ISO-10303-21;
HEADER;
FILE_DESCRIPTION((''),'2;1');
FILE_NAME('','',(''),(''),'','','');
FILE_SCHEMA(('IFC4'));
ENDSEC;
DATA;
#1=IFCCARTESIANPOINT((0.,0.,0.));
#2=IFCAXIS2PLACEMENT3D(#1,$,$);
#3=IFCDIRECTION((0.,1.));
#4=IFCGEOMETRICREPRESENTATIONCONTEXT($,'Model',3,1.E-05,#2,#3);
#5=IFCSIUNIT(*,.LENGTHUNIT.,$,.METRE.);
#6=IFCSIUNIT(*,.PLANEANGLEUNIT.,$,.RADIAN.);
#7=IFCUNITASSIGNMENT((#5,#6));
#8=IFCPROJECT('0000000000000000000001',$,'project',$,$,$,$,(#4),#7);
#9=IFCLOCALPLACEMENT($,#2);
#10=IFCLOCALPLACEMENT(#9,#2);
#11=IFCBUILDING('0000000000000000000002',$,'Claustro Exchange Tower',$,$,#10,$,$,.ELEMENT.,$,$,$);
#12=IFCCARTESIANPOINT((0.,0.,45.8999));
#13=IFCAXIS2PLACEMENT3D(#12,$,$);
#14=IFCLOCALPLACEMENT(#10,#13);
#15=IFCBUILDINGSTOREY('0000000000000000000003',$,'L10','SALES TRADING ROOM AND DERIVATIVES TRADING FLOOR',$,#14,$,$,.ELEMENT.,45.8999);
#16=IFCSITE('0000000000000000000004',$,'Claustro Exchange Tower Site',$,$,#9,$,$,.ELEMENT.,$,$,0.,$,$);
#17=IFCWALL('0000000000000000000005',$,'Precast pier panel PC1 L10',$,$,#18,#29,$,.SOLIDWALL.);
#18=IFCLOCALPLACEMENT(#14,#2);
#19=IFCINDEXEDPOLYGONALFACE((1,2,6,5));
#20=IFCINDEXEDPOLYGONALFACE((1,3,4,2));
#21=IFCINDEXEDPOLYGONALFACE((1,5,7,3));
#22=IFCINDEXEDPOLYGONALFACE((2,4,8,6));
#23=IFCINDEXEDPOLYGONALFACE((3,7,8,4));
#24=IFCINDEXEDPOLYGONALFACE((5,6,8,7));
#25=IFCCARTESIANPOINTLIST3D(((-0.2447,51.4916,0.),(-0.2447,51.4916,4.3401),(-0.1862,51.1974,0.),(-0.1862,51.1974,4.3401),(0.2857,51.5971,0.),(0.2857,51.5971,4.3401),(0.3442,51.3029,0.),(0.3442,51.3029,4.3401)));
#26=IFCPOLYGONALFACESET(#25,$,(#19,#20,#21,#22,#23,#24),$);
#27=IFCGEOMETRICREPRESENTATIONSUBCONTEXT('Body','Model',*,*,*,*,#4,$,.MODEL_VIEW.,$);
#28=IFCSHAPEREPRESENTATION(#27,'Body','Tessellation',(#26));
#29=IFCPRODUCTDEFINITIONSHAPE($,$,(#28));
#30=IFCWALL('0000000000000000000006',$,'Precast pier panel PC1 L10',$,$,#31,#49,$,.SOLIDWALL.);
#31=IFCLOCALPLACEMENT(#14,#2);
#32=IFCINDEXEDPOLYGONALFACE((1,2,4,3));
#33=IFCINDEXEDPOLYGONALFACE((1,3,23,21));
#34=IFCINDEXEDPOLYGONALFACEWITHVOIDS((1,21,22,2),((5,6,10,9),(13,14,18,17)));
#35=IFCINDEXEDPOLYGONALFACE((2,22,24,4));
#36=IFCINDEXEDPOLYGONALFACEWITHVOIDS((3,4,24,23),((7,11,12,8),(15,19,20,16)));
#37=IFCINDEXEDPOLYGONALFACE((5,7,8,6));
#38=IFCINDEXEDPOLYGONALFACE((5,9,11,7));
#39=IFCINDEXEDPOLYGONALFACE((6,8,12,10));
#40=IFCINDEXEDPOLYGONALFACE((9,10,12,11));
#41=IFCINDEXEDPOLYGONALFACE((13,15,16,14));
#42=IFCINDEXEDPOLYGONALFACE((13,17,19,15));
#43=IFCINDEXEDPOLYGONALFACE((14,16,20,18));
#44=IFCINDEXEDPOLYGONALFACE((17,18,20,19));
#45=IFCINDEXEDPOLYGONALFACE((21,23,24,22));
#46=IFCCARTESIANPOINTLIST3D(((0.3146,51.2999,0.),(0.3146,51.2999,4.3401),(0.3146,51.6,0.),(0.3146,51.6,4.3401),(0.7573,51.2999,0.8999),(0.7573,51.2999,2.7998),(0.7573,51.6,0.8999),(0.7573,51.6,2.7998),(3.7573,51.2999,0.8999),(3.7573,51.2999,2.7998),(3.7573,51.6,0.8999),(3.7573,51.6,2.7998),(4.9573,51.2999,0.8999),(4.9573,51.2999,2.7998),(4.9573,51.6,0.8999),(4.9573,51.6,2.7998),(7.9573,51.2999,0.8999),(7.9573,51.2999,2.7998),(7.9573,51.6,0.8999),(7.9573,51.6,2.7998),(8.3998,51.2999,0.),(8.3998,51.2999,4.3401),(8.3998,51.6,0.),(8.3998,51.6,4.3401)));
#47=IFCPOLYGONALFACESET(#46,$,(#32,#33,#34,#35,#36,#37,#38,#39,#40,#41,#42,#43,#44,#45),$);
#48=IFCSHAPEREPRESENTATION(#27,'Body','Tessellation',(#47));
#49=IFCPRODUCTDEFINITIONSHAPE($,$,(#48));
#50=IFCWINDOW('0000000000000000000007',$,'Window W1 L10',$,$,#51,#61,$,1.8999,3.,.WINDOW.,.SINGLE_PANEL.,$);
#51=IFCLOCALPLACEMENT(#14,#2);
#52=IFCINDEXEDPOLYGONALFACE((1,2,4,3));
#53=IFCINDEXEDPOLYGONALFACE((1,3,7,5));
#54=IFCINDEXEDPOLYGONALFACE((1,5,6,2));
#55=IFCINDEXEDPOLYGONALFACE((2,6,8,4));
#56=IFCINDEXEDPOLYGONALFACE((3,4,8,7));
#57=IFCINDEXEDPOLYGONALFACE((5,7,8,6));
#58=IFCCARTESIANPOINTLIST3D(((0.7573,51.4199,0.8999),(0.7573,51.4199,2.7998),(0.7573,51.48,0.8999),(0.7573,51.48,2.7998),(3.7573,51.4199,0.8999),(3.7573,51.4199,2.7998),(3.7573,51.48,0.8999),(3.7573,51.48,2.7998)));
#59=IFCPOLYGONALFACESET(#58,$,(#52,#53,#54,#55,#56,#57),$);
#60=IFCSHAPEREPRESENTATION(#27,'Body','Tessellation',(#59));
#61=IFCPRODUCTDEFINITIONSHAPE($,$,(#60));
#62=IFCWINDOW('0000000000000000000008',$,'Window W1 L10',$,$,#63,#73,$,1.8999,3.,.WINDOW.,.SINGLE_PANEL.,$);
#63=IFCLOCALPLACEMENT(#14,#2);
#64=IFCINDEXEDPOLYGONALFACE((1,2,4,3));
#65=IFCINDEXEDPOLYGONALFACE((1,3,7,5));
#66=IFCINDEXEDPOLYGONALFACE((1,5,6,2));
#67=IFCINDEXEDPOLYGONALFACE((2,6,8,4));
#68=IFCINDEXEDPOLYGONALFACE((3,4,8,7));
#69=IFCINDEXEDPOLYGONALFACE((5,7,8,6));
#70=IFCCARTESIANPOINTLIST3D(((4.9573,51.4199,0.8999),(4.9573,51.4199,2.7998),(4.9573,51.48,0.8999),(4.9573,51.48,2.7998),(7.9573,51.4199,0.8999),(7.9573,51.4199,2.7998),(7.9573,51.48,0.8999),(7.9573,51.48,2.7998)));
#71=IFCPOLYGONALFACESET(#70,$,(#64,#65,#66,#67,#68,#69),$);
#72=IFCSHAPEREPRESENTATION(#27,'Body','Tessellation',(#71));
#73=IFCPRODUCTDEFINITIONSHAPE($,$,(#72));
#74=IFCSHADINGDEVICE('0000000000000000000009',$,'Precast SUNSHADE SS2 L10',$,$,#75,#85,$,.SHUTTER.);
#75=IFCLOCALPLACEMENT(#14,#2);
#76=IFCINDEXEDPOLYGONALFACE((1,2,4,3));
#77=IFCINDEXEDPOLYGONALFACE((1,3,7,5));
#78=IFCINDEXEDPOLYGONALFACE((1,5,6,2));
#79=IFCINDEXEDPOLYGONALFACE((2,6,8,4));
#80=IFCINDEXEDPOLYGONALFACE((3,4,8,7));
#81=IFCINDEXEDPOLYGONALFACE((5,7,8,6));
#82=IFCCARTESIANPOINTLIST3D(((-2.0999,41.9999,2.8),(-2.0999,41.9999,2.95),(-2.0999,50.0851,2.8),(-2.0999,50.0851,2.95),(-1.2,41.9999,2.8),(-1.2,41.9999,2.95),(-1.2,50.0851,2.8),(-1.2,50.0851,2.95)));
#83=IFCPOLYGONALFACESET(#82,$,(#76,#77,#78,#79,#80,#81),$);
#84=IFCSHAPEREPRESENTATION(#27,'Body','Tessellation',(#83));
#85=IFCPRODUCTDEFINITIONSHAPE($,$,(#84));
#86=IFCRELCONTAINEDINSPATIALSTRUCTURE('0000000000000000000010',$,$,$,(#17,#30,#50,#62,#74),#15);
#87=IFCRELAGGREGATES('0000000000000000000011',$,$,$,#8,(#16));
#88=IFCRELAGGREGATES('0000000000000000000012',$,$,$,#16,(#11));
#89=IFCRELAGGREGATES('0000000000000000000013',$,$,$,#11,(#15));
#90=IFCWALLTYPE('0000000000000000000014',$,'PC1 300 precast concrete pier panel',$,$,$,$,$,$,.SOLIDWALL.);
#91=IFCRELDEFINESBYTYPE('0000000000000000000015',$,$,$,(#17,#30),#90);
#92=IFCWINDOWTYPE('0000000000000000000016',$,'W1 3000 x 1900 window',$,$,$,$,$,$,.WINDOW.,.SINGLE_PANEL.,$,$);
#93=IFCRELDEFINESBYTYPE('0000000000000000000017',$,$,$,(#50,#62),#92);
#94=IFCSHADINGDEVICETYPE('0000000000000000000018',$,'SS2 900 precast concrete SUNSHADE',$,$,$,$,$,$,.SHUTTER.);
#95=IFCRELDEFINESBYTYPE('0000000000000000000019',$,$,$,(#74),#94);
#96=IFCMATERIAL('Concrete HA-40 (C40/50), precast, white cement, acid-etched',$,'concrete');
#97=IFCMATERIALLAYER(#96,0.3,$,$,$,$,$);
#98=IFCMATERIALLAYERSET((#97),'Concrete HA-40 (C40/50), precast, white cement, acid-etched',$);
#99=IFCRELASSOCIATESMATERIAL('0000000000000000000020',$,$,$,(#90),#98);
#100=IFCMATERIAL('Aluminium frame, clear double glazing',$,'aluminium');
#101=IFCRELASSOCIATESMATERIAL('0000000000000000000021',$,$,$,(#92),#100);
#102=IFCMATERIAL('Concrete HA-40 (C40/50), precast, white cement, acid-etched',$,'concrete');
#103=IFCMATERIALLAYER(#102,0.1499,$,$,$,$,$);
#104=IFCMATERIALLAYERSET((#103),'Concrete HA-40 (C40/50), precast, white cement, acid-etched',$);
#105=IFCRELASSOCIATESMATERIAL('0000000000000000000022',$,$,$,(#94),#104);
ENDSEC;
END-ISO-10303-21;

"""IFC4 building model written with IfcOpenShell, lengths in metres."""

from ifc_helpers import new_model, si_unit, direction, frame, frame_2d, origin, origin_2d, place, context, subcontext, project, spatial, rectangle, extrude, material, layer, layer_set, type_object, element, fill, save


model = new_model("IFC4")

# Units and contexts
model_context = context("Model", 3, precision=1e-05, world=origin(), true_north=direction((0.0, 1.0)))
body_context = subcontext(model_context, "Body", "Model", "MODEL_VIEW")
ifc_project = project(units=[si_unit("LENGTHUNIT", "METRE"), si_unit("PLANEANGLEUNIT", "RADIAN")], contexts=[model_context])

# Site, building, storey
site_placement = place(None, origin())
site = spatial("IfcSite", under=ifc_project, at=site_placement, Name="Claustro Exchange Tower Site", CompositionType="ELEMENT", RefElevation=0.0)
building_placement = place(site_placement, origin())
building = spatial("IfcBuilding", under=site, at=building_placement, Name="Claustro Exchange Tower", CompositionType="ELEMENT")
storey_placement = place(building_placement, frame((0.0, 0.0, 45.8999)))
storey = spatial("IfcBuildingStorey", under=building, at=storey_placement, Name="L10", Description="SALES TRADING ROOM AND DERIVATIVES TRADING FLOOR", CompositionType="ELEMENT", Elevation=45.8999)

# Wall
ifc_material_1 = material(Name="Concrete HA-40 (C40/50), precast, white cement, acid-etched", Category="concrete")
ifc_layer_1 = layer(ifc_material_1, 0.3)
ifc_layer_set_1 = layer_set([ifc_layer_1], Name="Concrete HA-40 (C40/50), precast, white cement, acid-etched")
wall_type_1 = type_object("IfcWallType", Name="PC1 300 precast concrete pier panel", PredefinedType="SOLIDWALL", material=ifc_layer_set_1)
wall_1_placement = place(storey_placement, frame((-0.2156, 51.3445, 0.0), z_axis=(0.0, 0.0, 1.0), x_axis=(0.980789, 0.195074, 0.0)))
element("IfcWall", 1, at=wall_1_placement, inside=storey, type_object=wall_type_1, Name="Precast pier panel PC1 L10", PredefinedType="SOLIDWALL", context=body_context, shape_type="SweptSolid", body=[
    extrude(rectangle(XDim=0.5408, YDim=0.3, at=frame_2d((0.2705, 0.0))), origin(), (0.0, 0.0, 1.0), 4.3401),
])

# Wall, openings, windows
wall_2_placement = place(storey_placement, frame((0.3147, 51.45, 0.0), z_axis=(0.0, 0.0, 1.0), x_axis=(1.0, 0.0, 0.0)))
wall_2 = element("IfcWall", 2, at=wall_2_placement, inside=storey, type_object=wall_type_1, Name="Precast pier panel PC1 L10", PredefinedType="SOLIDWALL", context=body_context, shape_type="SweptSolid", body=[
    extrude(rectangle(XDim=8.0852, YDim=0.3, at=frame_2d((4.0425, 0.0))), origin(), (0.0, 0.0, 1.0), 4.3401),
])
opening_1_placement = place(wall_2_placement, frame((0.4426, 0.0, 0.8999)))
opening_1 = element("IfcOpeningElement", 3, at=opening_1_placement, cuts=wall_2, PredefinedType="OPENING", context=body_context, shape_type="SweptSolid", body=[
    extrude(rectangle(XDim=3.0, YDim=1.8999, at=frame_2d((1.5, 0.95))), frame((0.0, 0.1599, 0.0), z_axis=(0.0, -1.0, 0.0), x_axis=(1.0, 0.0, 0.0)), (0.0, 0.0, 1.0), 0.3201),
])
opening_2_placement = place(wall_2_placement, frame((4.6426, 0.0, 0.8999)))
opening_2 = element("IfcOpeningElement", 4, at=opening_2_placement, cuts=wall_2, PredefinedType="OPENING", context=body_context, shape_type="SweptSolid", body=[
    extrude(rectangle(XDim=3.0, YDim=1.8999, at=frame_2d((1.5, 0.95))), frame((0.0, 0.1599, 0.0), z_axis=(0.0, -1.0, 0.0), x_axis=(1.0, 0.0, 0.0)), (0.0, 0.0, 1.0), 0.3201),
])
ifc_material_2 = material(Name="Aluminium frame, clear double glazing", Category="aluminium")
window_type = type_object("IfcWindowType", Name="W1 3000 x 1900 window", PartitioningType="SINGLE_PANEL", PredefinedType="WINDOW", material=ifc_material_2)
window_1_placement = place(opening_1_placement, origin())
window_1 = element("IfcWindow", 5, at=window_1_placement, inside=storey, type_object=window_type, Name="Window W1 L10", OverallHeight=1.8999, OverallWidth=3.0, PartitioningType="SINGLE_PANEL", PredefinedType="WINDOW", context=body_context, shape_type="SweptSolid", body=[
    extrude(rectangle(XDim=3.0, YDim=1.8999, at=frame_2d((1.5, 0.95))), frame((0.0, 0.03, 0.0), z_axis=(0.0, -1.0, 0.0), x_axis=(1.0, 0.0, 0.0)), (0.0, 0.0, 1.0), 0.0601),
])
fill(opening_1, window_1)
window_2_placement = place(opening_2_placement, origin())
window_2 = element("IfcWindow", 6, at=window_2_placement, inside=storey, type_object=window_type, Name="Window W1 L10", OverallHeight=1.8999, OverallWidth=3.0, PartitioningType="SINGLE_PANEL", PredefinedType="WINDOW", context=body_context, shape_type="SweptSolid", body=[
    extrude(rectangle(XDim=3.0, YDim=1.8999, at=frame_2d((1.5, 0.95))), frame((0.0, 0.03, 0.0), z_axis=(0.0, -1.0, 0.0), x_axis=(1.0, 0.0, 0.0)), (0.0, 0.0, 1.0), 0.0601),
])
fill(opening_2, window_2)

# Shading device
ifc_material_3 = material(Name="Concrete HA-40 (C40/50), precast, white cement, acid-etched", Category="concrete")
ifc_layer_2 = layer(ifc_material_3, 0.1499)
ifc_layer_set_2 = layer_set([ifc_layer_2], Name="Concrete HA-40 (C40/50), precast, white cement, acid-etched")
shading_device_type = type_object("IfcShadingDeviceType", Name="SS2 900 precast concrete SUNSHADE", PredefinedType="SHUTTER", material=ifc_layer_set_2)
shading_device_placement = place(storey_placement, frame((-1.6499, 46.0425, 2.8), z_axis=(0.0, 0.0, 1.0), x_axis=(0.0, 1.0, 0.0)))
element("IfcShadingDevice", 7, at=shading_device_placement, inside=storey, type_object=shading_device_type, Name="Precast SUNSHADE SS2 L10", PredefinedType="SHUTTER", context=body_context, shape_type="SweptSolid", body=[
    extrude(rectangle(XDim=8.0852, YDim=0.8999, at=origin_2d()), origin(), (0.0, 0.0, 1.0), 0.1499),
])

save(model, "model.ifc")
